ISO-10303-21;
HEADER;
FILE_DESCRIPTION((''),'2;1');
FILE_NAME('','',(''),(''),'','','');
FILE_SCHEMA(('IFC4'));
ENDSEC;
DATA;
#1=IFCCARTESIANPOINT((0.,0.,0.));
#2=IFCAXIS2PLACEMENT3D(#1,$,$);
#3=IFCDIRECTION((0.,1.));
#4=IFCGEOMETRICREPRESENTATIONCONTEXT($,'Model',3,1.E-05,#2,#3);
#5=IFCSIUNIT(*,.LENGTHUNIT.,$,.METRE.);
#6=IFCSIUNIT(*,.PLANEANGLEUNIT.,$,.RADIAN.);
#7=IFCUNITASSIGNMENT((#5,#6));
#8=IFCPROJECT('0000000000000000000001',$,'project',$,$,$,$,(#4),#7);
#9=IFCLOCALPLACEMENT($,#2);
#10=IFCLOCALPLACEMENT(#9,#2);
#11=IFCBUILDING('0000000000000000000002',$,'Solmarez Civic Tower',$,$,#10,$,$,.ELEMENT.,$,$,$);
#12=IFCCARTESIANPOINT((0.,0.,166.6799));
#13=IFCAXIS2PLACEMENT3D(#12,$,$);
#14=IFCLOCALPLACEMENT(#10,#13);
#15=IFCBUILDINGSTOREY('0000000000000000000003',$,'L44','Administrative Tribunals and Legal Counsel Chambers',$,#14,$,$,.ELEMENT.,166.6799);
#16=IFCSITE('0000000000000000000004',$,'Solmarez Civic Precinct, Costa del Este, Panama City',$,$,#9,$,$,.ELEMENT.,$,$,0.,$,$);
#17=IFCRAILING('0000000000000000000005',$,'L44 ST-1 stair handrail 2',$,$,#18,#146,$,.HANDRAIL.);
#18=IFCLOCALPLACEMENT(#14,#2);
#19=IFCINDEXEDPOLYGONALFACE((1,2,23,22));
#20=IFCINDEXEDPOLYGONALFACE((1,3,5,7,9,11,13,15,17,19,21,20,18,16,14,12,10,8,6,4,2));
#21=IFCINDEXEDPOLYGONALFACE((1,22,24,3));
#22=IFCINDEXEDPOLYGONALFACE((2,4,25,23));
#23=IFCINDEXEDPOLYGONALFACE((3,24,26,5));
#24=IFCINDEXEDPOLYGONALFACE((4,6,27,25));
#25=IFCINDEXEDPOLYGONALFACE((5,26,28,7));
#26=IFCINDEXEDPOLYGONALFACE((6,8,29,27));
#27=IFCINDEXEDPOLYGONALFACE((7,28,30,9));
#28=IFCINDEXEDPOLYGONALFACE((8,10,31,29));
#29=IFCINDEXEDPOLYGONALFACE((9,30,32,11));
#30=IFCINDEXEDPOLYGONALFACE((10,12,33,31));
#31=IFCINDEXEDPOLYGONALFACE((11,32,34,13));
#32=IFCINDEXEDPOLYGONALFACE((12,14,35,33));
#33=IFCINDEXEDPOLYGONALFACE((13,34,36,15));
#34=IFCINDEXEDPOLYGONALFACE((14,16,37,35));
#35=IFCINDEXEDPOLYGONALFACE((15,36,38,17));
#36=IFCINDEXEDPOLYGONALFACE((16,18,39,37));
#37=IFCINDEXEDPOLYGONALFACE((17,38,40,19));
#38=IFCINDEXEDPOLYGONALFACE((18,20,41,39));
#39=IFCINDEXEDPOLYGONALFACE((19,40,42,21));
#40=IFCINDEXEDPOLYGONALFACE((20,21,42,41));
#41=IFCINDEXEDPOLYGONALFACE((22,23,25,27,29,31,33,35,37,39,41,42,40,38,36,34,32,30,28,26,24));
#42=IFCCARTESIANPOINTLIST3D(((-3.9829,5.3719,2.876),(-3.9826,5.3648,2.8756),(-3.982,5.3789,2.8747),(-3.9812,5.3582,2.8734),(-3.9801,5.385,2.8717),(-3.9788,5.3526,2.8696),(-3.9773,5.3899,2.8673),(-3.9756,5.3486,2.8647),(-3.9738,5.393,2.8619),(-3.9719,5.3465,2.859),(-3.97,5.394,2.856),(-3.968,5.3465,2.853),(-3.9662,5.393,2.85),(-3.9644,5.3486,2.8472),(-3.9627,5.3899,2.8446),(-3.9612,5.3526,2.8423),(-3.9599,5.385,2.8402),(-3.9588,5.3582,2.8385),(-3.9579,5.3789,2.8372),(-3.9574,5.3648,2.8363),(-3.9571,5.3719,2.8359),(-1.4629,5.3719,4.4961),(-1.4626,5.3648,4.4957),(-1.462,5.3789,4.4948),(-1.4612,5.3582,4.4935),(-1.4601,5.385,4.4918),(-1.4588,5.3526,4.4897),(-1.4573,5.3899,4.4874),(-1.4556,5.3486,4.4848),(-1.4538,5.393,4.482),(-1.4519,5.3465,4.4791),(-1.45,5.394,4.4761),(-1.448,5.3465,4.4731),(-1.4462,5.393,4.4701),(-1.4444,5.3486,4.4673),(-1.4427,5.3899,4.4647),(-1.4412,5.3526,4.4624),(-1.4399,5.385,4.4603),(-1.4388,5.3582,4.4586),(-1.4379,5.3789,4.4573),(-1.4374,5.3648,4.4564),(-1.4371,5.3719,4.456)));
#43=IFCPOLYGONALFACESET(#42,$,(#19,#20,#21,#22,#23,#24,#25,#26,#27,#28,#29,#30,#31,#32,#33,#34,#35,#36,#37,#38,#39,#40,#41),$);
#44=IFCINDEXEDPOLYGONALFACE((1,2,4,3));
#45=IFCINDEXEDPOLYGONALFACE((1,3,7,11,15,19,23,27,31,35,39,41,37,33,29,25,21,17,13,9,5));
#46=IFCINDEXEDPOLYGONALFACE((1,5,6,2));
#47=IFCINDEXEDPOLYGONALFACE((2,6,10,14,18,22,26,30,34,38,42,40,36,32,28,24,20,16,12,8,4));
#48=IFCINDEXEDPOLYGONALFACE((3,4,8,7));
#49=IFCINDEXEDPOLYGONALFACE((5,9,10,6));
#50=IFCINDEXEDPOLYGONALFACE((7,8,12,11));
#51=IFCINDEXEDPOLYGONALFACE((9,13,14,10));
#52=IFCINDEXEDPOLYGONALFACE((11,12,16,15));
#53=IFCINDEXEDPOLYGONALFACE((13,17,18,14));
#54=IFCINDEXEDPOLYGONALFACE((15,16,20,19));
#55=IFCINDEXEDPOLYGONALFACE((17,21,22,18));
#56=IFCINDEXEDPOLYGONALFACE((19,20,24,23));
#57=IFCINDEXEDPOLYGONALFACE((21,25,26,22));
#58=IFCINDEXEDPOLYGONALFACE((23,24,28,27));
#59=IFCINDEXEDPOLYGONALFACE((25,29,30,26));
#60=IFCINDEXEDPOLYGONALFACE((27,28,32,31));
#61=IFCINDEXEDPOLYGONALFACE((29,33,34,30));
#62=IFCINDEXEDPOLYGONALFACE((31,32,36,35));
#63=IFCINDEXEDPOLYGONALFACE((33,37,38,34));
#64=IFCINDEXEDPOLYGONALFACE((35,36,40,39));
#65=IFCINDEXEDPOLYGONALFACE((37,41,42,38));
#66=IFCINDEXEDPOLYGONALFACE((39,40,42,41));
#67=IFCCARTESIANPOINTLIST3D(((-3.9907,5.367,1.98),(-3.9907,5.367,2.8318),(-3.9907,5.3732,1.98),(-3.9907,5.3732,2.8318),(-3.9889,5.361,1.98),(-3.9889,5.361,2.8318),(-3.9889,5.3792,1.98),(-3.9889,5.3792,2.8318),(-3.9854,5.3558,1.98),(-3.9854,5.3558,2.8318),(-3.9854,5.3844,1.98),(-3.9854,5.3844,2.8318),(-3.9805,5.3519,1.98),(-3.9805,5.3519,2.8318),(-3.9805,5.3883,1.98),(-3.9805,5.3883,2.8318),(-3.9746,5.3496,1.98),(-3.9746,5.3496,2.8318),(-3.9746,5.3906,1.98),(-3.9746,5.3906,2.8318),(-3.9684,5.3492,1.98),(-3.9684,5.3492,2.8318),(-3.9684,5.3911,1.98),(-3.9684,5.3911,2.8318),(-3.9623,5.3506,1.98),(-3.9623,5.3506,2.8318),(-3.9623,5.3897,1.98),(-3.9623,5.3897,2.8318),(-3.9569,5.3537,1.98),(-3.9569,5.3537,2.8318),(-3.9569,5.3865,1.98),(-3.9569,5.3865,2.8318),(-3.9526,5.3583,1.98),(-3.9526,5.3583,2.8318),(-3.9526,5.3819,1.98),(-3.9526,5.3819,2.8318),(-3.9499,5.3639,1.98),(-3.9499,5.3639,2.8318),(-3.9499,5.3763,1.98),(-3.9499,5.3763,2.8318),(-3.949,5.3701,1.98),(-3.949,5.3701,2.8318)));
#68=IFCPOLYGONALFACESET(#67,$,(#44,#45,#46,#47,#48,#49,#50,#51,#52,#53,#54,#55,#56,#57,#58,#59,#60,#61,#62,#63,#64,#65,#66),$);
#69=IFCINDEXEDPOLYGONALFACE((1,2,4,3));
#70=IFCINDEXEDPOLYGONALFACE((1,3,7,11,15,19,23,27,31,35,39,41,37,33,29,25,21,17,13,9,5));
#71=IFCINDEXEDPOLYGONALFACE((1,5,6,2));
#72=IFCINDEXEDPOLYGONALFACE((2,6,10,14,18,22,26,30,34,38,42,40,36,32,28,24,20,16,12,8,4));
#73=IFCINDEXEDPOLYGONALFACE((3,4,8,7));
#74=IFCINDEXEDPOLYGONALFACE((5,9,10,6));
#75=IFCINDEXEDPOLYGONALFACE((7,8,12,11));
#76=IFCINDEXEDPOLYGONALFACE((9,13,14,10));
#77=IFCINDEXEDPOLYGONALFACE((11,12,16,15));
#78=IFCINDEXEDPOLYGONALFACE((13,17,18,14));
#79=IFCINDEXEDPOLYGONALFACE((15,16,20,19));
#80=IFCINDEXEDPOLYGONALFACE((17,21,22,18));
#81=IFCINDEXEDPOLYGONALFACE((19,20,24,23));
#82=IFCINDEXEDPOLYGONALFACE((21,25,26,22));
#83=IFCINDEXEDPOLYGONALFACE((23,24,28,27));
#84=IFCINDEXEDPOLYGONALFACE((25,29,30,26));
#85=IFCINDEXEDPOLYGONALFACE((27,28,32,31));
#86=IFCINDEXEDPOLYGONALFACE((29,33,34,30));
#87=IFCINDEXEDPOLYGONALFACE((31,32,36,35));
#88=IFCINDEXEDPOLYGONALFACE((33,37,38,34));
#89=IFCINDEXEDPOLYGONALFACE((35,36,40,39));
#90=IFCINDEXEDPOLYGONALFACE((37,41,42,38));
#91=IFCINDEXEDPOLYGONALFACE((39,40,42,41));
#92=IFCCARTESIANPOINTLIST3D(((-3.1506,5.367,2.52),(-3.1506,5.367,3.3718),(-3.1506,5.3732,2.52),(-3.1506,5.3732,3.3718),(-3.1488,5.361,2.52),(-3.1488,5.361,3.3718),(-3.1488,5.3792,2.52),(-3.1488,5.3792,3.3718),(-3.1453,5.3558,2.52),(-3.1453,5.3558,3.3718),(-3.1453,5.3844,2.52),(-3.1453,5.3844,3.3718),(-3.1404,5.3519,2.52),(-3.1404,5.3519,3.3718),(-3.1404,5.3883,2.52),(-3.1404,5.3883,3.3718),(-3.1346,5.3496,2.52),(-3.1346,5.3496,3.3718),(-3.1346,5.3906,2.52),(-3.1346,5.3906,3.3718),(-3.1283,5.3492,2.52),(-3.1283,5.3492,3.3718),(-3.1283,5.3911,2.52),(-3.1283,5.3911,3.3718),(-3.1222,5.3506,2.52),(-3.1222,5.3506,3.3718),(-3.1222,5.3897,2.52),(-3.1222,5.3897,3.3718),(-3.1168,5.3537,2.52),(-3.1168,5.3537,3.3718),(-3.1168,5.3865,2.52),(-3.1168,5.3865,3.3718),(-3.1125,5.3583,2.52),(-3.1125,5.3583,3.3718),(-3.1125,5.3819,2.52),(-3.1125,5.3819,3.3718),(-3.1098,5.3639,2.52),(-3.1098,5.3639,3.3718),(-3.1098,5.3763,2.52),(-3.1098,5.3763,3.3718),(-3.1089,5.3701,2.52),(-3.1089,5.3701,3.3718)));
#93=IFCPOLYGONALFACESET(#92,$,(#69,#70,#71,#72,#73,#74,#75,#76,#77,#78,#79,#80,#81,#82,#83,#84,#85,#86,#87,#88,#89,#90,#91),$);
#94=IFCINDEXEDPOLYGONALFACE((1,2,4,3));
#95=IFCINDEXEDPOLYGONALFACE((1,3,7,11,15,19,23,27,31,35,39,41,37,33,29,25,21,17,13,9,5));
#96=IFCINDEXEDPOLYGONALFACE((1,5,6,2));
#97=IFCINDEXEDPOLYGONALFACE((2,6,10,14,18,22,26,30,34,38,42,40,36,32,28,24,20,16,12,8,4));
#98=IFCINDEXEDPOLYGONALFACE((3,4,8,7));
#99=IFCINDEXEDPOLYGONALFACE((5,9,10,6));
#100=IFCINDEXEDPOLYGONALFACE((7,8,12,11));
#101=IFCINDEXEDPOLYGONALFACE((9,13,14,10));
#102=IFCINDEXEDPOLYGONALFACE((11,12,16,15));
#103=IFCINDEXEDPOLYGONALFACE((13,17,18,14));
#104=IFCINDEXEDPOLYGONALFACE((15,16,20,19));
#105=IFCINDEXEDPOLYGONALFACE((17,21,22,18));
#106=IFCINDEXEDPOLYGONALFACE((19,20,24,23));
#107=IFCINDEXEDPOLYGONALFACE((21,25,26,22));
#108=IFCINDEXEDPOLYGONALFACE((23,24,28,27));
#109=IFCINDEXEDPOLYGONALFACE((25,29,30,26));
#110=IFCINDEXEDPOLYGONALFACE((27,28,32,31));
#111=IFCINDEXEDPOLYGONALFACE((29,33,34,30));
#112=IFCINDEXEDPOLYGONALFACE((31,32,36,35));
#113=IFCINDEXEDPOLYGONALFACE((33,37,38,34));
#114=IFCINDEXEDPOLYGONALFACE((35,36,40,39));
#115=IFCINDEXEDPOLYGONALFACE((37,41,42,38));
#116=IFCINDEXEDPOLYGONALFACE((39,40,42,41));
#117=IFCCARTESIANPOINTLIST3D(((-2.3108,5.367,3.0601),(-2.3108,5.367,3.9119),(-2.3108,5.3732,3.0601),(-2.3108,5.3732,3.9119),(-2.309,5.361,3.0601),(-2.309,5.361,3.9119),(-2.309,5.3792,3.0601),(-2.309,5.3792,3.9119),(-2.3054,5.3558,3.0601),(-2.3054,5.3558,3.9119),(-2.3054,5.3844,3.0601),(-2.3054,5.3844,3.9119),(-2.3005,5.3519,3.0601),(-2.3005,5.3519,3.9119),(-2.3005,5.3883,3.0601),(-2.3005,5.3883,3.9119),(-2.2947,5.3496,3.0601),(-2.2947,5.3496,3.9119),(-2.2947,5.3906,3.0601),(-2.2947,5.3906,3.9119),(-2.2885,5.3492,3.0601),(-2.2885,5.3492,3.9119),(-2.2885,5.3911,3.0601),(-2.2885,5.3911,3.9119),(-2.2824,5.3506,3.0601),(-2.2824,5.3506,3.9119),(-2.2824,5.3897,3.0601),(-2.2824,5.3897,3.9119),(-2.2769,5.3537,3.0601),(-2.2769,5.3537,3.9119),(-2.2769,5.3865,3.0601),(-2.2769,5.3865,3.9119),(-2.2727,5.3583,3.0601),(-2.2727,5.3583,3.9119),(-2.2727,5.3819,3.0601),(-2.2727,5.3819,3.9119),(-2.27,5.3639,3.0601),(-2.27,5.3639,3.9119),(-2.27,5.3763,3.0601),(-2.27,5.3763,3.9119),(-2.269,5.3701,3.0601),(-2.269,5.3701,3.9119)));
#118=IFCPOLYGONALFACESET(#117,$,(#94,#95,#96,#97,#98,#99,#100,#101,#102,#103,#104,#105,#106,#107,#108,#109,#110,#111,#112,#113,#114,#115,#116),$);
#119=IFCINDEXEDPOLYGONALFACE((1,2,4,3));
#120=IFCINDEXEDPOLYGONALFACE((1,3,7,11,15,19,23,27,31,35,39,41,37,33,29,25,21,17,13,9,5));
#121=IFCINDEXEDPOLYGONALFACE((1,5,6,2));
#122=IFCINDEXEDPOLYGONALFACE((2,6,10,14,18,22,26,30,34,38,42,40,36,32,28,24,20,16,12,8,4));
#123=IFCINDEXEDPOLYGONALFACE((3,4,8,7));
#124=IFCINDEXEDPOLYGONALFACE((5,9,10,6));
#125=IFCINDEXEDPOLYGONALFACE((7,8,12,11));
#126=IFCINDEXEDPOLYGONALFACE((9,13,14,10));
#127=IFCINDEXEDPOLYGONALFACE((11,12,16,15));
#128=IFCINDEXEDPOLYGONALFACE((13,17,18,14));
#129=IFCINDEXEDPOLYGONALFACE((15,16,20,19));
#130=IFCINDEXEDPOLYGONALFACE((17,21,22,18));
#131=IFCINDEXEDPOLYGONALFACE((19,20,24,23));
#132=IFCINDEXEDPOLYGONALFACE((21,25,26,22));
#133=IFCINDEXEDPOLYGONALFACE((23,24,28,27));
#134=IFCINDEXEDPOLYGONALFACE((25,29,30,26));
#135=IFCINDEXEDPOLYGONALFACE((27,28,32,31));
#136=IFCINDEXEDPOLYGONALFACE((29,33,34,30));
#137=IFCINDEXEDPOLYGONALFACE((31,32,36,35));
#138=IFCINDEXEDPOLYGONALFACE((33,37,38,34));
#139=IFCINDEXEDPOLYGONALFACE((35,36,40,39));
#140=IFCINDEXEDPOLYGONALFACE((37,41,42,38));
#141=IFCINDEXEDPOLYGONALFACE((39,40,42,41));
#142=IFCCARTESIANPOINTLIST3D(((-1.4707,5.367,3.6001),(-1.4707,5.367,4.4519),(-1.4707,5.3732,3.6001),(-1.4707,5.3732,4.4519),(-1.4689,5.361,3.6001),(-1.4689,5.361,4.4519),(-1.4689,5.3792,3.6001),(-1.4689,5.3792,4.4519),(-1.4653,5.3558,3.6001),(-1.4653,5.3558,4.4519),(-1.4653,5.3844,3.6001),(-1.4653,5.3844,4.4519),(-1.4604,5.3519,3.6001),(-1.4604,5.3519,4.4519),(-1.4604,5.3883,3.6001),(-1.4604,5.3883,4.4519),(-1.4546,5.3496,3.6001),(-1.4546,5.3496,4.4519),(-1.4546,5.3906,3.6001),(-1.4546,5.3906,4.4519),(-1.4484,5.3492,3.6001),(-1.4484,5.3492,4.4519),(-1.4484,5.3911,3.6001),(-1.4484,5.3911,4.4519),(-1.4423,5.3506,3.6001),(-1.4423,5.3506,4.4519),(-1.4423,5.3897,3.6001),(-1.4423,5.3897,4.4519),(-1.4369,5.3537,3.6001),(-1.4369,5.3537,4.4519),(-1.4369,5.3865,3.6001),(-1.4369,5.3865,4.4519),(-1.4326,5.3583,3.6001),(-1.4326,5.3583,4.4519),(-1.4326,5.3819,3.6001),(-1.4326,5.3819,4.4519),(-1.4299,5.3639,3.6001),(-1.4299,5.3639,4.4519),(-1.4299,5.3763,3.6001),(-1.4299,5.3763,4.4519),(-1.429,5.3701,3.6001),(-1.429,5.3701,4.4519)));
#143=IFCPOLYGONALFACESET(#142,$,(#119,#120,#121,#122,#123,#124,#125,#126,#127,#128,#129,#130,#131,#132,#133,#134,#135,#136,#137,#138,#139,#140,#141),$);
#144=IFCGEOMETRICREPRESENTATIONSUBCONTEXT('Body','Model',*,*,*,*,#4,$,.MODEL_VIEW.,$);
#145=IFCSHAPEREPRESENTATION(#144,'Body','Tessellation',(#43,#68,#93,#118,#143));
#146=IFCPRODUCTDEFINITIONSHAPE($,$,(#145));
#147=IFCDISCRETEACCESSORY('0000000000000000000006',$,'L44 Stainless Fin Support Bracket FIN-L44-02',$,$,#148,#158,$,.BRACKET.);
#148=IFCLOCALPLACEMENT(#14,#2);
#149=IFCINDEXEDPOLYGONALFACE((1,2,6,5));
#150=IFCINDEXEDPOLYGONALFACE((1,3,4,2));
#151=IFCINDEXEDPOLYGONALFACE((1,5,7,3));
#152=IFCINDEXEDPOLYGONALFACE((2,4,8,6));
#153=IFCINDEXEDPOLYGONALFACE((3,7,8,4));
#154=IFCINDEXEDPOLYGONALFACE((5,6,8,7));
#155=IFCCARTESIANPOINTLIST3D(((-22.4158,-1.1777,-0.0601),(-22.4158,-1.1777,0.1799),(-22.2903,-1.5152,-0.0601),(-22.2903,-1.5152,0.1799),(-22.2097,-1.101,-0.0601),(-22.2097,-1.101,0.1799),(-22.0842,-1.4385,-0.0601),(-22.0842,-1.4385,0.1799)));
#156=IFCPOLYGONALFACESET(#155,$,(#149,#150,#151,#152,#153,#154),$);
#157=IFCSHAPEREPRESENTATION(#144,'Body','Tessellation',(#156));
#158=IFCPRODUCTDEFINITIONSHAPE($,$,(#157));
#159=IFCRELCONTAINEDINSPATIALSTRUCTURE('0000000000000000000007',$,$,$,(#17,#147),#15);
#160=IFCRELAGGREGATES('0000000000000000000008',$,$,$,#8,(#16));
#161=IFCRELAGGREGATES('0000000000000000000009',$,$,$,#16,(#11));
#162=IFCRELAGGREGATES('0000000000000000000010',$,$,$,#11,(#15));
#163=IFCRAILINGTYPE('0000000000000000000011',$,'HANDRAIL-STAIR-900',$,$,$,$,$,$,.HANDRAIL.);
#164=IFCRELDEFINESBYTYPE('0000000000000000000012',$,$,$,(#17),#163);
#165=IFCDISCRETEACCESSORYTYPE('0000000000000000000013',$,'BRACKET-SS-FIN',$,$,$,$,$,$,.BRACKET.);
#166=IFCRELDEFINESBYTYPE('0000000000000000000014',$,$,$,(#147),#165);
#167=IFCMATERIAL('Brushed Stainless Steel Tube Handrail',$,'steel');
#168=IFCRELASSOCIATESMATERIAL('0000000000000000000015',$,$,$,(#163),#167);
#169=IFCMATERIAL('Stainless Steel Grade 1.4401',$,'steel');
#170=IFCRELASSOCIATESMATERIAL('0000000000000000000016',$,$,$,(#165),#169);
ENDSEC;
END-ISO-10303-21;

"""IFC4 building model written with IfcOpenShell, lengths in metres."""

from ifc_helpers import new_model, si_unit, direction, frame, origin, origin_2d, place, context, subcontext, project, spatial, rectangle, circle, extrude, material, type_object, element, save


model = new_model("IFC4")

# Units and contexts
model_context = context("Model", 3, precision=1e-05, world=origin(), true_north=direction((0.0, 1.0)))
body_context = subcontext(model_context, "Body", "Model", "MODEL_VIEW")
ifc_project = project(units=[si_unit("LENGTHUNIT", "METRE"), si_unit("PLANEANGLEUNIT", "RADIAN")], contexts=[model_context])

# Site, building, storey
site_placement = place(None, origin())
site = spatial("IfcSite", under=ifc_project, at=site_placement, Name="Solmarez Civic Precinct, Costa del Este, Panama City", CompositionType="ELEMENT", RefElevation=0.0)
building_placement = place(site_placement, origin())
building = spatial("IfcBuilding", under=site, at=building_placement, Name="Solmarez Civic Tower", CompositionType="ELEMENT")
storey_placement = place(building_placement, frame((0.0, 0.0, 166.6799)))
storey = spatial("IfcBuildingStorey", under=building, at=storey_placement, Name="L44", Description="Administrative Tribunals and Legal Counsel Chambers", CompositionType="ELEMENT", Elevation=166.6799)

# Railing
ifc_material_1 = material(Name="Brushed Stainless Steel Tube Handrail", Category="steel")
railing_type_1 = type_object("IfcRailingType", Name="HANDRAIL-STAIR-900", PredefinedType="HANDRAIL", material=ifc_material_1)
railing_1_placement = place(storey_placement, frame((-3.97, 5.3701, 1.98)))
element("IfcRailing", 1, at=railing_1_placement, inside=storey, type_object=railing_type_1, Name="L44 ST-1 stair handrail 2", PredefinedType="HANDRAIL", context=body_context, shape_type="SweptSolid", body=[
    extrude(circle(Radius=0.0239, at=origin_2d()), frame((0.0, 0.0, 0.876), z_axis=(0.841163, 0.0, 0.540782), x_axis=(0.0, 1.0, 0.0)), (0.0, 0.0, 1.0), 2.9958),
    extrude(circle(Radius=0.021, at=origin_2d()), origin(), (0.0, 0.0, 1.0), 0.8518),
    extrude(circle(Radius=0.021, at=origin_2d()), frame((0.8401, 0.0, 0.54)), (0.0, 0.0, 1.0), 0.8518),
    extrude(circle(Radius=0.021, at=origin_2d()), frame((1.6799, 0.0, 1.0801)), (0.0, 0.0, 1.0), 0.8518),
    extrude(circle(Radius=0.021, at=origin_2d()), frame((2.52, 0.0, 1.6201)), (0.0, 0.0, 1.0), 0.8518),
])

# Discrete accessory
ifc_material_2 = material(Name="Stainless Steel Grade 1.4401", Category="steel")
discrete_accessory_type = type_object("IfcDiscreteAccessoryType", Name="BRACKET-SS-FIN", PredefinedType="BRACKET", material=ifc_material_2)
discrete_accessory_placement = place(storey_placement, frame((-22.25, -1.3081, -0.0601), z_axis=(0.0, 0.0, 1.0), x_axis=(-0.348537, 0.937295, 0.0)))
element("IfcDiscreteAccessory", 2, at=discrete_accessory_placement, inside=storey, type_object=discrete_accessory_type, Name="L44 Stainless Fin Support Bracket FIN-L44-02", PredefinedType="BRACKET", context=body_context, shape_type="SweptSolid", body=[
    extrude(rectangle(XDim=0.3601, YDim=0.22, at=origin_2d()), origin(), (0.0, 0.0, 1.0), 0.24),
])

save(model, "model.ifc")
